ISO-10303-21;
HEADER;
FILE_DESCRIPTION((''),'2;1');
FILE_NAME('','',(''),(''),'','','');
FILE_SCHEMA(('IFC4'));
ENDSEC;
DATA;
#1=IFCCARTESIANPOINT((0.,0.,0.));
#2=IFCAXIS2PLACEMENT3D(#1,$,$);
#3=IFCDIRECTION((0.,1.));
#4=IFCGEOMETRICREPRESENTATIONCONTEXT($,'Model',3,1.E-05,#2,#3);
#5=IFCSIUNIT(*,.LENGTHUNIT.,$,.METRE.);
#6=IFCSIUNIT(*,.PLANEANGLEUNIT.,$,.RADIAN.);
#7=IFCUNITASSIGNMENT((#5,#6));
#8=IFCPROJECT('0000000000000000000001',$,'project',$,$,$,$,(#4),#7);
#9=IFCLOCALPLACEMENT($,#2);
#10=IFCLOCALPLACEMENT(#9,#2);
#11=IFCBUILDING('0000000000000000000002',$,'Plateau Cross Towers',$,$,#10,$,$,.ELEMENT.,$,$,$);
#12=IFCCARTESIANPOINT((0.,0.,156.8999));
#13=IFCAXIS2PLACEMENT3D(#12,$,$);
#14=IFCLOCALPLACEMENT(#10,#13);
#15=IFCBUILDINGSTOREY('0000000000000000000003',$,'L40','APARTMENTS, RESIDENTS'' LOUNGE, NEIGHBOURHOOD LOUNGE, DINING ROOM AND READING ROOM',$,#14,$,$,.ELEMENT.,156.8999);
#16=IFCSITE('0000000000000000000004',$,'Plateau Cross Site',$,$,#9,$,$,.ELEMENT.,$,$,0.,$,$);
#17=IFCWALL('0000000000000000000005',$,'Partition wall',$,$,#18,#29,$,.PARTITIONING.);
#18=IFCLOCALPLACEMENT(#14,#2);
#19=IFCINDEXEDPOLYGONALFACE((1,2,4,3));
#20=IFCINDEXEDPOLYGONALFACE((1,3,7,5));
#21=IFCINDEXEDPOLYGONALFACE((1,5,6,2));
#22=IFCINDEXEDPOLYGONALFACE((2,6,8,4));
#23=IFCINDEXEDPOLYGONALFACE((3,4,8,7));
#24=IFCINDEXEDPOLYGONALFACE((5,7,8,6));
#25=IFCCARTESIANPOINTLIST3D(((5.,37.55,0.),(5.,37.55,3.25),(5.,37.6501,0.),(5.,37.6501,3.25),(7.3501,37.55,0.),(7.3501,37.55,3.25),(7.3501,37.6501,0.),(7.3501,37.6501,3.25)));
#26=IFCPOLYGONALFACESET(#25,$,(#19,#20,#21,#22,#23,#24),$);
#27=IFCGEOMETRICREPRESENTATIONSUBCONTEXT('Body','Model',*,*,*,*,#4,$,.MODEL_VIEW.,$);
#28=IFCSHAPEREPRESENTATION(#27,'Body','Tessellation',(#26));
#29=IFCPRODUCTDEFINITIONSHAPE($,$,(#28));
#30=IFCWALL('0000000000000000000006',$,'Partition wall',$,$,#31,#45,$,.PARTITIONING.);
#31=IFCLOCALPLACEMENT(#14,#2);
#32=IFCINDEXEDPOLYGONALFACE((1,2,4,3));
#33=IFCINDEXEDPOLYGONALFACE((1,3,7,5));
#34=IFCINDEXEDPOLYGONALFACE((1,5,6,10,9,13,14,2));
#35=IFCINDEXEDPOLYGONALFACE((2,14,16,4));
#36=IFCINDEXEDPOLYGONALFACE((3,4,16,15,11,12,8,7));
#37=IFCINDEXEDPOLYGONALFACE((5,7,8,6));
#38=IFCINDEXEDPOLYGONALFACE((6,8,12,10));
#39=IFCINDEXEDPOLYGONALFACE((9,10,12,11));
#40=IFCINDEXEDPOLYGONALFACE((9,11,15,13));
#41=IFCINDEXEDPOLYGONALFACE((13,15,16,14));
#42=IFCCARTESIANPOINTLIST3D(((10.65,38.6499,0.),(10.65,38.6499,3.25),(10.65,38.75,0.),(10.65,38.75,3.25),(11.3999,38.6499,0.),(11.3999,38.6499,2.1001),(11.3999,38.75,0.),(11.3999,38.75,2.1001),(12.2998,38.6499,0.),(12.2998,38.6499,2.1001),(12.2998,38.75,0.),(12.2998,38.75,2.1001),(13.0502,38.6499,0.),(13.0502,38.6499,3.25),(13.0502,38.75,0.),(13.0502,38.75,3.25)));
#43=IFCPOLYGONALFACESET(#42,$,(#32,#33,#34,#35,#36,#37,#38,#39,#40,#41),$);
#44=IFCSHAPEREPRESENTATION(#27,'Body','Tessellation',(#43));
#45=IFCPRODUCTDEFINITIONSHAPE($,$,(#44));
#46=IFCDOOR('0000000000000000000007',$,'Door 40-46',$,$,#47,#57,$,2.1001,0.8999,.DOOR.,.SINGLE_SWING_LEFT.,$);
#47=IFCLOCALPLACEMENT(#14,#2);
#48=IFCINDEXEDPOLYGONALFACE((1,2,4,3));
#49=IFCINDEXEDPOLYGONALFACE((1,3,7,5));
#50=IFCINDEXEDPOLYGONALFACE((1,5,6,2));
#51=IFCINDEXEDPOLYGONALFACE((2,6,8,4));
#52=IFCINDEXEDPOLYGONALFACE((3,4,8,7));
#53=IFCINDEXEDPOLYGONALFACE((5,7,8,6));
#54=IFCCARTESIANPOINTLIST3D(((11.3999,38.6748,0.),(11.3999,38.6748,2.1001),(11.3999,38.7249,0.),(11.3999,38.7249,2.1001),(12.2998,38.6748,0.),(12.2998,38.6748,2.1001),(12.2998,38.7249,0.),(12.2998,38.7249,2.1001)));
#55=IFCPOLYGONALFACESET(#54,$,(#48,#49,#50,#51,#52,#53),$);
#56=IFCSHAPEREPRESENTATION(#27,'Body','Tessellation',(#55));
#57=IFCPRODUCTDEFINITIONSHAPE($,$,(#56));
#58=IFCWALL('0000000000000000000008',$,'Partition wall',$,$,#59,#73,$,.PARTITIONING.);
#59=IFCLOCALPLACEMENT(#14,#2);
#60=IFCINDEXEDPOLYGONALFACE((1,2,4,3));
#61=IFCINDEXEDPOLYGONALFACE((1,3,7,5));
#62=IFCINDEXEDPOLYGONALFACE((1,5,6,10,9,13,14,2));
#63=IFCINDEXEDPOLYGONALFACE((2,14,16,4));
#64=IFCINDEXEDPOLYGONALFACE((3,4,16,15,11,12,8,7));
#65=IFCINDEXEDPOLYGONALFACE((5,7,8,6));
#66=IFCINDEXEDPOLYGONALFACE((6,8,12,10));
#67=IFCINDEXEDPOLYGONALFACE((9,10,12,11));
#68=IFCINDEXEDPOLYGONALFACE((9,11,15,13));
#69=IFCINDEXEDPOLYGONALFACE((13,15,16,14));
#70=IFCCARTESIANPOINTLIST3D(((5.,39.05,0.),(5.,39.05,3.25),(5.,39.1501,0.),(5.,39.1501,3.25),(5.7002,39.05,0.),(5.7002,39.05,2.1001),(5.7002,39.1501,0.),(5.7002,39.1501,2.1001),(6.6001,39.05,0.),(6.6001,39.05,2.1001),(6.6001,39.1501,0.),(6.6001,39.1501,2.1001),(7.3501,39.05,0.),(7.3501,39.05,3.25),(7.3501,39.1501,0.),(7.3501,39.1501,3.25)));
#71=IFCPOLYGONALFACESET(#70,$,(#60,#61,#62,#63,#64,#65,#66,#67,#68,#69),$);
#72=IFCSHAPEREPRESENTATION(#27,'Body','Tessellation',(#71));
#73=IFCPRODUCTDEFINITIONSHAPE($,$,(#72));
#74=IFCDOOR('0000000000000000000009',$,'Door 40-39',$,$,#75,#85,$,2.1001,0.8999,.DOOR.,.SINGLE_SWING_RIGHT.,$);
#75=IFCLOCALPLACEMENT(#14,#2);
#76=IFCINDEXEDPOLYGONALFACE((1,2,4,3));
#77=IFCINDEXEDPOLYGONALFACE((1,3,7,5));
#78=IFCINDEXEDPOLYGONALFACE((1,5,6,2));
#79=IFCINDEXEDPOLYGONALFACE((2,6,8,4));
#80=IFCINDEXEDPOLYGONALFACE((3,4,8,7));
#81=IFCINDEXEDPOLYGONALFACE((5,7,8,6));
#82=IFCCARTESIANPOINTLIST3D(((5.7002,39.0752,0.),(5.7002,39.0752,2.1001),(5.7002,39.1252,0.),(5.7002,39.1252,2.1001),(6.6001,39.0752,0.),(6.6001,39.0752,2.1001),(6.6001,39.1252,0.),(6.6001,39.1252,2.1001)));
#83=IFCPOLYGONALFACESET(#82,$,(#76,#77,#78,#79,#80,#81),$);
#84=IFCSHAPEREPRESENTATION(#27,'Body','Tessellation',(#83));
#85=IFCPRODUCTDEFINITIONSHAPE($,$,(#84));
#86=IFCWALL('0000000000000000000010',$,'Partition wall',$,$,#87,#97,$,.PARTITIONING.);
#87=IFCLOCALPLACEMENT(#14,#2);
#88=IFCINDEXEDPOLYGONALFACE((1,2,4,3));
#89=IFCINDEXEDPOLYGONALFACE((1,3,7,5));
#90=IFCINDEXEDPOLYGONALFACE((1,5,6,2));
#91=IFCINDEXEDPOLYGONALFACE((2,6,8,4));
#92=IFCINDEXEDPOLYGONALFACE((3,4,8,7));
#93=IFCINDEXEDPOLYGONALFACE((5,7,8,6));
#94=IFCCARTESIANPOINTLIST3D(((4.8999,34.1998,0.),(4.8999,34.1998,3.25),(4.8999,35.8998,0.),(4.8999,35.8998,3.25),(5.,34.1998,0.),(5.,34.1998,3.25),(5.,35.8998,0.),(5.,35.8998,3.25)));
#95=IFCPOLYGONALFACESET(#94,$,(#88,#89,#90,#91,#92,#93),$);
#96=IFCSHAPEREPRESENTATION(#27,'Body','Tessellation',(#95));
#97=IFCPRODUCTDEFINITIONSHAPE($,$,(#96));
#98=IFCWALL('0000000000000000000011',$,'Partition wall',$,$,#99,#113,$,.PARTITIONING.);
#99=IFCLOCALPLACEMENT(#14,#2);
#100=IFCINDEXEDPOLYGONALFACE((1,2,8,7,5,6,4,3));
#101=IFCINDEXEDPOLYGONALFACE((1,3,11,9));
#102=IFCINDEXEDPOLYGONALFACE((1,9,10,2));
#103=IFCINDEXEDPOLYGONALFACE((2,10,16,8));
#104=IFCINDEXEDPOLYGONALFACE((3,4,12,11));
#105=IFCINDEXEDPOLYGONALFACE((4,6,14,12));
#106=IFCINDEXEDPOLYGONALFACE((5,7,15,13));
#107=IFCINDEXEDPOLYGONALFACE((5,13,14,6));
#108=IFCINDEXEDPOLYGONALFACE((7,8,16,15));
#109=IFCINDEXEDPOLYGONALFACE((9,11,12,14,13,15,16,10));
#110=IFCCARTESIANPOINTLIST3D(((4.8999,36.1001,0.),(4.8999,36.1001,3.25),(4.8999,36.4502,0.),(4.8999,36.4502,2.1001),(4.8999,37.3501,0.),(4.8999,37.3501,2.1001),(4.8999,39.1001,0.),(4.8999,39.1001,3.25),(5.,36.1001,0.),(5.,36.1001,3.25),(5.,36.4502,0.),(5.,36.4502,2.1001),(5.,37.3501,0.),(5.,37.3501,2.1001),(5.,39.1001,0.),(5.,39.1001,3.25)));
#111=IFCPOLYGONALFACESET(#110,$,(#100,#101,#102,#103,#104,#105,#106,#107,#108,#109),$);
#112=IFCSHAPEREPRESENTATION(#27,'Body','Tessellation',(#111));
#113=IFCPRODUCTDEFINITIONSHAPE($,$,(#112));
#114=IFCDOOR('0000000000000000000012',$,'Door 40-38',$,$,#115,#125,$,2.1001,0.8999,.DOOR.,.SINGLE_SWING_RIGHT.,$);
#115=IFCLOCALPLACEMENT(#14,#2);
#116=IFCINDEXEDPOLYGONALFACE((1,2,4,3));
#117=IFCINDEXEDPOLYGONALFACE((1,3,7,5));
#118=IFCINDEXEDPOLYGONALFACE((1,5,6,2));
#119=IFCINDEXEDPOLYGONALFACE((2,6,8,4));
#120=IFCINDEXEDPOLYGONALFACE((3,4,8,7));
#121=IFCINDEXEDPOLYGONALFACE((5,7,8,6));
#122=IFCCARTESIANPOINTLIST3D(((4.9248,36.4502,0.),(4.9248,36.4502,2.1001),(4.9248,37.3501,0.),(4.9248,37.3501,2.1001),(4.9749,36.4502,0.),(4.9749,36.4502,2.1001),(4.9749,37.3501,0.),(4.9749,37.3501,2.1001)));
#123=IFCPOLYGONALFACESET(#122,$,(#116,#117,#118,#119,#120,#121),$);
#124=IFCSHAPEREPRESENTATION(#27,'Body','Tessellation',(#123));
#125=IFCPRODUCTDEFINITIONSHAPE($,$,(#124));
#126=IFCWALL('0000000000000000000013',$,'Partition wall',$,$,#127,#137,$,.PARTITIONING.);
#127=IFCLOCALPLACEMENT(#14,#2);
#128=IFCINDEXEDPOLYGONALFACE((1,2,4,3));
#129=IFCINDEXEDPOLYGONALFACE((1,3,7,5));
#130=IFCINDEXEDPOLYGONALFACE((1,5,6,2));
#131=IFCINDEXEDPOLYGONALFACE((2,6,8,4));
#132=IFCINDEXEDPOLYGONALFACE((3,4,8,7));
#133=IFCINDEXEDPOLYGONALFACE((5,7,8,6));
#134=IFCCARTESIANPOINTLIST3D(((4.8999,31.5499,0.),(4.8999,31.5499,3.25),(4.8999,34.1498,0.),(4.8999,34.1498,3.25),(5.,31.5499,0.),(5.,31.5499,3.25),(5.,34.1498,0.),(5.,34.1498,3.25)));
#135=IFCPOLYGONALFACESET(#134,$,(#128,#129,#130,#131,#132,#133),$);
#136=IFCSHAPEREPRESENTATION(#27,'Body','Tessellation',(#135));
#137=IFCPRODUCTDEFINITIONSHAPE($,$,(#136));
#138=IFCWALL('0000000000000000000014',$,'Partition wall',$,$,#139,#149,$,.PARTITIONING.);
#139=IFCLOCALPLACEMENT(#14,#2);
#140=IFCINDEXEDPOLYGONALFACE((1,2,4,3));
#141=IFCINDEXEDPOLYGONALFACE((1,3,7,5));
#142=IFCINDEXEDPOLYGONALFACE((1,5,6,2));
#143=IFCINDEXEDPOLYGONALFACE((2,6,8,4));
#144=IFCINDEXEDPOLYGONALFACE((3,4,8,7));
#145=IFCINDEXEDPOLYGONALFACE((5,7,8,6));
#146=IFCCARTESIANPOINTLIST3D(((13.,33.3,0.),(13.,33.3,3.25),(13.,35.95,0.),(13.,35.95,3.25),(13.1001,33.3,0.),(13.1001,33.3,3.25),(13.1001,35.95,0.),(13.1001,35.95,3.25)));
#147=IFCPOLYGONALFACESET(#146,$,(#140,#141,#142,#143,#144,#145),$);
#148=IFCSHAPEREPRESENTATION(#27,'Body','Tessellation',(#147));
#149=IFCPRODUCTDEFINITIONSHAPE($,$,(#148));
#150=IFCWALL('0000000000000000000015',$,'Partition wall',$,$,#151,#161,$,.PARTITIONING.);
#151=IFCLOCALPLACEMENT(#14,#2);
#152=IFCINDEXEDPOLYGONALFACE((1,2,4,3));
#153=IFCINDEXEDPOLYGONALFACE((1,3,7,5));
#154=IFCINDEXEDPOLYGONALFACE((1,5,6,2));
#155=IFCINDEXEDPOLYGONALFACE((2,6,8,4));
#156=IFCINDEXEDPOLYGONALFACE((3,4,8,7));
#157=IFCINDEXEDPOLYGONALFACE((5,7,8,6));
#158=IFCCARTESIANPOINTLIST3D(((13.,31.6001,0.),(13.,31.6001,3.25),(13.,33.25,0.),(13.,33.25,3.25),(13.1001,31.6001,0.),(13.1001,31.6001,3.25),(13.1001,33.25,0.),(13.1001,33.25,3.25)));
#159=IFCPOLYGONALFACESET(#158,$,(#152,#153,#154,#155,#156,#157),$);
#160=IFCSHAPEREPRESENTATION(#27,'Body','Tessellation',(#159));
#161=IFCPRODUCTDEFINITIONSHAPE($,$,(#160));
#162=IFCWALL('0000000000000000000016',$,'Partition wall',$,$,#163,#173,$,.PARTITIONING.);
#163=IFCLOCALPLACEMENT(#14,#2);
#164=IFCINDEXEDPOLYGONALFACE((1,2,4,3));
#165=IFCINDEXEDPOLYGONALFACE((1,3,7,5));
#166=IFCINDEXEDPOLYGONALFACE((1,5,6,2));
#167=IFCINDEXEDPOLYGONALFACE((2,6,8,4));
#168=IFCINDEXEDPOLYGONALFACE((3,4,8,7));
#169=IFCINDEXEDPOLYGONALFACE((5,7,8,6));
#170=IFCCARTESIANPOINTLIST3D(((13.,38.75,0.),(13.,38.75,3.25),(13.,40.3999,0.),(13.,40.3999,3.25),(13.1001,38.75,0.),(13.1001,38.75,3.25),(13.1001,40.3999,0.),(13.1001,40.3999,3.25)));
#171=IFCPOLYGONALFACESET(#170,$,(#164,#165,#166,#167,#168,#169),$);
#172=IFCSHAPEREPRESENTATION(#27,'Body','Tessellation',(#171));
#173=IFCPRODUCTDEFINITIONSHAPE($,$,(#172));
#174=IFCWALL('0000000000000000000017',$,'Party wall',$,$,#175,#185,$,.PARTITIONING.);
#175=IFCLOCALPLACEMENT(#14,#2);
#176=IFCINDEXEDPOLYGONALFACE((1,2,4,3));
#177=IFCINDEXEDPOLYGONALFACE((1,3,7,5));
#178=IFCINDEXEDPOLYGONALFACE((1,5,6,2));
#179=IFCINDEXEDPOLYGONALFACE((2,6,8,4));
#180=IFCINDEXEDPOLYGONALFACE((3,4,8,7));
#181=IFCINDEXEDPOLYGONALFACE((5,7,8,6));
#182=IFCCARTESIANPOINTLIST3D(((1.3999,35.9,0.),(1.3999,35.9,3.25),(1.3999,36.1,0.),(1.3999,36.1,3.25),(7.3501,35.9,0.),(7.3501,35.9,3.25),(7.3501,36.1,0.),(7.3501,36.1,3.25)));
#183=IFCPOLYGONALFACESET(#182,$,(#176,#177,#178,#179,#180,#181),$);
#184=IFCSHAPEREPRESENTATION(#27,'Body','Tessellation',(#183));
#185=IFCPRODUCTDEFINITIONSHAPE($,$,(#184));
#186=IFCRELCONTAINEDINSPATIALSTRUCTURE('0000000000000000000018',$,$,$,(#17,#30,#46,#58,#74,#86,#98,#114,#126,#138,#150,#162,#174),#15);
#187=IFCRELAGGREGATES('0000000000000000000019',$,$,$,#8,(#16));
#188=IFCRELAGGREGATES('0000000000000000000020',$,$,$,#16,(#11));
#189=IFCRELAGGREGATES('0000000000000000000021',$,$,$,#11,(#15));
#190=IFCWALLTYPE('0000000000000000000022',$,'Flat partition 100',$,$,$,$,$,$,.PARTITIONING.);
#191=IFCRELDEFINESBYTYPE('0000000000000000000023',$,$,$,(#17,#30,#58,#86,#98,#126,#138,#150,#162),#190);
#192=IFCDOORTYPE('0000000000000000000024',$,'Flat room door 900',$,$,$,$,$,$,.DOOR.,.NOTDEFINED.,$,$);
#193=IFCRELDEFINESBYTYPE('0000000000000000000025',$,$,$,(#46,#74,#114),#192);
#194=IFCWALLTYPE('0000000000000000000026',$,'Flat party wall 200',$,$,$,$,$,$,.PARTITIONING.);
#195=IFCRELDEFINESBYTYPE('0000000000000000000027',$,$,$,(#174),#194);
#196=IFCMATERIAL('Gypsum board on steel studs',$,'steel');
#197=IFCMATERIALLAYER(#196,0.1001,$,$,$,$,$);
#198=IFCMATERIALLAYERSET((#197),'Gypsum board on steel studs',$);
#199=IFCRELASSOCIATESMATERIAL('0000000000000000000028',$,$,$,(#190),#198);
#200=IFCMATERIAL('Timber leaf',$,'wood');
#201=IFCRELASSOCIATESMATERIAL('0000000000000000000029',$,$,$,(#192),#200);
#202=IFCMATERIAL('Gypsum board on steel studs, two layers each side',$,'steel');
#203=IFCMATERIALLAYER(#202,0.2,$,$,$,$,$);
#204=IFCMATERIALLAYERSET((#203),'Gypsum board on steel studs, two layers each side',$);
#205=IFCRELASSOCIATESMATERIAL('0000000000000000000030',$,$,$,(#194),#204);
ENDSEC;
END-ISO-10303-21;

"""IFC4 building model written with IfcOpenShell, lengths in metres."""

from ifc_helpers import new_model, si_unit, direction, frame, frame_2d, origin, place, context, subcontext, project, spatial, rectangle, extrude, material, layer, layer_set, type_object, element, fill, save


model = new_model("IFC4")

# Units and contexts
model_context = context("Model", 3, precision=1e-05, world=origin(), true_north=direction((0.0, 1.0)))
body_context = subcontext(model_context, "Body", "Model", "MODEL_VIEW")
ifc_project = project(units=[si_unit("LENGTHUNIT", "METRE"), si_unit("PLANEANGLEUNIT", "RADIAN")], contexts=[model_context])

# Site, building, storey
site_placement = place(None, origin())
site = spatial("IfcSite", under=ifc_project, at=site_placement, Name="Plateau Cross Site", CompositionType="ELEMENT", RefElevation=0.0)
building_placement = place(site_placement, origin())
building = spatial("IfcBuilding", under=site, at=building_placement, Name="Plateau Cross Towers", CompositionType="ELEMENT")
storey_placement = place(building_placement, frame((0.0, 0.0, 156.8999)))
storey = spatial("IfcBuildingStorey", under=building, at=storey_placement, Name="L40", Description="APARTMENTS, RESIDENTS' LOUNGE, NEIGHBOURHOOD LOUNGE, DINING ROOM AND READING ROOM", CompositionType="ELEMENT", Elevation=156.8999)

# Shared definitions
ifc_material_1 = material(Name="Gypsum board on steel studs", Category="steel")
ifc_layer_1 = layer(ifc_material_1, 0.1001)
ifc_layer_set_1 = layer_set([ifc_layer_1], Name="Gypsum board on steel studs")
wall_type_1 = type_object("IfcWallType", Name="Flat partition 100", PredefinedType="PARTITIONING", material=ifc_layer_set_1)
ifc_material_2 = material(Name="Timber leaf", Category="wood")
door_type_1 = type_object("IfcDoorType", Name="Flat room door 900", OperationType="NOTDEFINED", PredefinedType="DOOR", material=ifc_material_2)

# Wall
wall_1_placement = place(storey_placement, frame((7.3501, 37.6001, 0.0), z_axis=(0.0, 0.0, 1.0), x_axis=(-1.0, 0.0, 0.0)))
element("IfcWall", 1, at=wall_1_placement, inside=storey, type_object=wall_type_1, Name="Partition wall", PredefinedType="PARTITIONING", context=body_context, shape_type="SweptSolid", body=[
    extrude(rectangle(XDim=2.3501, YDim=0.1001, at=frame_2d((1.175, 0.0))), origin(), (0.0, 0.0, 1.0), 3.25),
])

# Walls, openings, doors
wall_2_placement = place(storey_placement, frame((10.6499, 38.7, 0.0), z_axis=(0.0, 0.0, 1.0), x_axis=(1.0, 0.0, 0.0)))
wall_2 = element("IfcWall", 2, at=wall_2_placement, inside=storey, type_object=wall_type_1, Name="Partition wall", PredefinedType="PARTITIONING", context=body_context, shape_type="SweptSolid", body=[
    extrude(rectangle(XDim=2.4001, YDim=0.1001, at=frame_2d((1.2002, 0.0))), origin(), (0.0, 0.0, 1.0), 3.25),
])
opening_1_placement = place(wall_2_placement, frame((0.75, 0.0, 0.0)))
opening_1 = element("IfcOpeningElement", 3, at=opening_1_placement, cuts=wall_2, PredefinedType="OPENING", context=body_context, shape_type="SweptSolid", body=[
    extrude(rectangle(XDim=0.8999, YDim=2.1001, at=frame_2d((0.45, 1.05))), frame((0.0, 0.0601, 0.0), z_axis=(0.0, -1.0, 0.0), x_axis=(1.0, 0.0, 0.0)), (0.0, 0.0, 1.0), 0.1201),
])
door_1_placement = place(opening_1_placement, origin())
door_1 = element("IfcDoor", 4, at=door_1_placement, inside=storey, type_object=door_type_1, Name="Door 40-46", OperationType="SINGLE_SWING_LEFT", OverallHeight=2.1001, OverallWidth=0.8999, PredefinedType="DOOR", context=body_context, shape_type="SweptSolid", body=[
    extrude(rectangle(XDim=0.8999, YDim=2.1001, at=frame_2d((0.45, 1.05))), frame((0.0, 0.0249, 0.0), z_axis=(0.0, -1.0, 0.0), x_axis=(1.0, 0.0, 0.0)), (0.0, 0.0, 1.0), 0.05),
])
fill(opening_1, door_1)
wall_3_placement = place(storey_placement, frame((7.3501, 39.1001, 0.0), z_axis=(0.0, 0.0, 1.0), x_axis=(-1.0, 0.0, 0.0)))
wall_3 = element("IfcWall", 5, at=wall_3_placement, inside=storey, type_object=wall_type_1, Name="Partition wall", PredefinedType="PARTITIONING", context=body_context, shape_type="SweptSolid", body=[
    extrude(rectangle(XDim=2.3501, YDim=0.1001, at=frame_2d((1.175, 0.0))), origin(), (0.0, 0.0, 1.0), 3.25),
])
opening_2_placement = place(wall_3_placement, frame((0.75, 0.0, 0.0)))
opening_2 = element("IfcOpeningElement", 6, at=opening_2_placement, cuts=wall_3, PredefinedType="OPENING", context=body_context, shape_type="SweptSolid", body=[
    extrude(rectangle(XDim=0.8999, YDim=2.1001, at=frame_2d((0.45, 1.05))), frame((0.0, 0.0601, 0.0), z_axis=(0.0, -1.0, 0.0), x_axis=(1.0, 0.0, 0.0)), (0.0, 0.0, 1.0), 0.1201),
])
door_2_placement = place(opening_2_placement, origin())
door_2 = element("IfcDoor", 7, at=door_2_placement, inside=storey, type_object=door_type_1, Name="Door 40-39", OperationType="SINGLE_SWING_RIGHT", OverallHeight=2.1001, OverallWidth=0.8999, PredefinedType="DOOR", context=body_context, shape_type="SweptSolid", body=[
    extrude(rectangle(XDim=0.8999, YDim=2.1001, at=frame_2d((0.45, 1.05))), frame((0.0, 0.0249, 0.0), z_axis=(0.0, -1.0, 0.0), x_axis=(1.0, 0.0, 0.0)), (0.0, 0.0, 1.0), 0.05),
])
fill(opening_2, door_2)

# Wall
wall_4_placement = place(storey_placement, frame((4.95, 35.8999, 0.0), z_axis=(0.0, 0.0, 1.0), x_axis=(0.0, -1.0, 0.0)))
element("IfcWall", 8, at=wall_4_placement, inside=storey, type_object=wall_type_1, Name="Partition wall", PredefinedType="PARTITIONING", context=body_context, shape_type="SweptSolid", body=[
    extrude(rectangle(XDim=1.7, YDim=0.1001, at=frame_2d((0.8501, 0.0))), origin(), (0.0, 0.0, 1.0), 3.25),
])

# Wall, opening, door
wall_5_placement = place(storey_placement, frame((4.95, 39.1001, 0.0), z_axis=(0.0, 0.0, 1.0), x_axis=(0.0, -1.0, 0.0)))
wall_5 = element("IfcWall", 9, at=wall_5_placement, inside=storey, type_object=wall_type_1, Name="Partition wall", PredefinedType="PARTITIONING", context=body_context, shape_type="SweptSolid", body=[
    extrude(rectangle(XDim=3.0, YDim=0.1001, at=frame_2d((1.5, 0.0))), origin(), (0.0, 0.0, 1.0), 3.25),
])
opening_3_placement = place(wall_5_placement, frame((1.75, 0.0, 0.0)))
opening_3 = element("IfcOpeningElement", 10, at=opening_3_placement, cuts=wall_5, PredefinedType="OPENING", context=body_context, shape_type="SweptSolid", body=[
    extrude(rectangle(XDim=0.8999, YDim=2.1001, at=frame_2d((0.45, 1.05))), frame((0.0, 0.0601, 0.0), z_axis=(0.0, -1.0, 0.0), x_axis=(1.0, 0.0, 0.0)), (0.0, 0.0, 1.0), 0.1201),
])
door_3_placement = place(opening_3_placement, origin())
door_3 = element("IfcDoor", 11, at=door_3_placement, inside=storey, type_object=door_type_1, Name="Door 40-38", OperationType="SINGLE_SWING_RIGHT", OverallHeight=2.1001, OverallWidth=0.8999, PredefinedType="DOOR", context=body_context, shape_type="SweptSolid", body=[
    extrude(rectangle(XDim=0.8999, YDim=2.1001, at=frame_2d((0.45, 1.05))), frame((0.0, 0.0249, 0.0), z_axis=(0.0, -1.0, 0.0), x_axis=(1.0, 0.0, 0.0)), (0.0, 0.0, 1.0), 0.05),
])
fill(opening_3, door_3)

# Walls
wall_6_placement = place(storey_placement, frame((4.95, 31.55, 0.0), z_axis=(0.0, 0.0, 1.0), x_axis=(0.0, 1.0, 0.0)))
element("IfcWall", 12, at=wall_6_placement, inside=storey, type_object=wall_type_1, Name="Partition wall", PredefinedType="PARTITIONING", context=body_context, shape_type="SweptSolid", body=[
    extrude(rectangle(XDim=2.5999, YDim=0.1001, at=frame_2d((1.2998, 0.0))), origin(), (0.0, 0.0, 1.0), 3.25),
])
wall_7_placement = place(storey_placement, frame((13.05, 35.95, 0.0), z_axis=(0.0, 0.0, 1.0), x_axis=(0.0, -1.0, 0.0)))
element("IfcWall", 13, at=wall_7_placement, inside=storey, type_object=wall_type_1, Name="Partition wall", PredefinedType="PARTITIONING", context=body_context, shape_type="SweptSolid", body=[
    extrude(rectangle(XDim=2.6499, YDim=0.1001, at=frame_2d((1.325, 0.0))), origin(), (0.0, 0.0, 1.0), 3.25),
])
for number, where, z_axis, x_axis, name in (
    (14, (13.05, 31.6001, 0.0), (0.0, 0.0, 1.0), (0.0, 1.0, 0.0), "Partition wall"),
    (15, (13.05, 38.75, 0.0), (0.0, 0.0, 1.0), (0.0, 1.0, 0.0), "Partition wall"),
):
    element("IfcWall", number, at=place(storey_placement, frame(where, z_axis=z_axis, x_axis=x_axis)), inside=storey, type_object=wall_type_1, Name=name, PredefinedType="PARTITIONING", context=body_context, shape_type="SweptSolid", body=[
        extrude(rectangle(XDim=1.6499, YDim=0.1001, at=frame_2d((0.825, 0.0))), origin(), (0.0, 0.0, 1.0), 3.25),
    ])
ifc_material_3 = material(Name="Gypsum board on steel studs, two layers each side", Category="steel")
ifc_layer_2 = layer(ifc_material_3, 0.2)
ifc_layer_set_2 = layer_set([ifc_layer_2], Name="Gypsum board on steel studs, two layers each side")
wall_type_2 = type_object("IfcWallType", Name="Flat party wall 200", PredefinedType="PARTITIONING", material=ifc_layer_set_2)
wall_8_placement = place(storey_placement, frame((7.3501, 36.0, 0.0), z_axis=(0.0, 0.0, 1.0), x_axis=(-1.0, 0.0, 0.0)))
element("IfcWall", 16, at=wall_8_placement, inside=storey, type_object=wall_type_2, Name="Party wall", PredefinedType="PARTITIONING", context=body_context, shape_type="SweptSolid", body=[
    extrude(rectangle(XDim=5.9502, YDim=0.2, at=frame_2d((2.9751, 0.0))), origin(), (0.0, 0.0, 1.0), 3.25),
])

save(model, "model.ifc")
